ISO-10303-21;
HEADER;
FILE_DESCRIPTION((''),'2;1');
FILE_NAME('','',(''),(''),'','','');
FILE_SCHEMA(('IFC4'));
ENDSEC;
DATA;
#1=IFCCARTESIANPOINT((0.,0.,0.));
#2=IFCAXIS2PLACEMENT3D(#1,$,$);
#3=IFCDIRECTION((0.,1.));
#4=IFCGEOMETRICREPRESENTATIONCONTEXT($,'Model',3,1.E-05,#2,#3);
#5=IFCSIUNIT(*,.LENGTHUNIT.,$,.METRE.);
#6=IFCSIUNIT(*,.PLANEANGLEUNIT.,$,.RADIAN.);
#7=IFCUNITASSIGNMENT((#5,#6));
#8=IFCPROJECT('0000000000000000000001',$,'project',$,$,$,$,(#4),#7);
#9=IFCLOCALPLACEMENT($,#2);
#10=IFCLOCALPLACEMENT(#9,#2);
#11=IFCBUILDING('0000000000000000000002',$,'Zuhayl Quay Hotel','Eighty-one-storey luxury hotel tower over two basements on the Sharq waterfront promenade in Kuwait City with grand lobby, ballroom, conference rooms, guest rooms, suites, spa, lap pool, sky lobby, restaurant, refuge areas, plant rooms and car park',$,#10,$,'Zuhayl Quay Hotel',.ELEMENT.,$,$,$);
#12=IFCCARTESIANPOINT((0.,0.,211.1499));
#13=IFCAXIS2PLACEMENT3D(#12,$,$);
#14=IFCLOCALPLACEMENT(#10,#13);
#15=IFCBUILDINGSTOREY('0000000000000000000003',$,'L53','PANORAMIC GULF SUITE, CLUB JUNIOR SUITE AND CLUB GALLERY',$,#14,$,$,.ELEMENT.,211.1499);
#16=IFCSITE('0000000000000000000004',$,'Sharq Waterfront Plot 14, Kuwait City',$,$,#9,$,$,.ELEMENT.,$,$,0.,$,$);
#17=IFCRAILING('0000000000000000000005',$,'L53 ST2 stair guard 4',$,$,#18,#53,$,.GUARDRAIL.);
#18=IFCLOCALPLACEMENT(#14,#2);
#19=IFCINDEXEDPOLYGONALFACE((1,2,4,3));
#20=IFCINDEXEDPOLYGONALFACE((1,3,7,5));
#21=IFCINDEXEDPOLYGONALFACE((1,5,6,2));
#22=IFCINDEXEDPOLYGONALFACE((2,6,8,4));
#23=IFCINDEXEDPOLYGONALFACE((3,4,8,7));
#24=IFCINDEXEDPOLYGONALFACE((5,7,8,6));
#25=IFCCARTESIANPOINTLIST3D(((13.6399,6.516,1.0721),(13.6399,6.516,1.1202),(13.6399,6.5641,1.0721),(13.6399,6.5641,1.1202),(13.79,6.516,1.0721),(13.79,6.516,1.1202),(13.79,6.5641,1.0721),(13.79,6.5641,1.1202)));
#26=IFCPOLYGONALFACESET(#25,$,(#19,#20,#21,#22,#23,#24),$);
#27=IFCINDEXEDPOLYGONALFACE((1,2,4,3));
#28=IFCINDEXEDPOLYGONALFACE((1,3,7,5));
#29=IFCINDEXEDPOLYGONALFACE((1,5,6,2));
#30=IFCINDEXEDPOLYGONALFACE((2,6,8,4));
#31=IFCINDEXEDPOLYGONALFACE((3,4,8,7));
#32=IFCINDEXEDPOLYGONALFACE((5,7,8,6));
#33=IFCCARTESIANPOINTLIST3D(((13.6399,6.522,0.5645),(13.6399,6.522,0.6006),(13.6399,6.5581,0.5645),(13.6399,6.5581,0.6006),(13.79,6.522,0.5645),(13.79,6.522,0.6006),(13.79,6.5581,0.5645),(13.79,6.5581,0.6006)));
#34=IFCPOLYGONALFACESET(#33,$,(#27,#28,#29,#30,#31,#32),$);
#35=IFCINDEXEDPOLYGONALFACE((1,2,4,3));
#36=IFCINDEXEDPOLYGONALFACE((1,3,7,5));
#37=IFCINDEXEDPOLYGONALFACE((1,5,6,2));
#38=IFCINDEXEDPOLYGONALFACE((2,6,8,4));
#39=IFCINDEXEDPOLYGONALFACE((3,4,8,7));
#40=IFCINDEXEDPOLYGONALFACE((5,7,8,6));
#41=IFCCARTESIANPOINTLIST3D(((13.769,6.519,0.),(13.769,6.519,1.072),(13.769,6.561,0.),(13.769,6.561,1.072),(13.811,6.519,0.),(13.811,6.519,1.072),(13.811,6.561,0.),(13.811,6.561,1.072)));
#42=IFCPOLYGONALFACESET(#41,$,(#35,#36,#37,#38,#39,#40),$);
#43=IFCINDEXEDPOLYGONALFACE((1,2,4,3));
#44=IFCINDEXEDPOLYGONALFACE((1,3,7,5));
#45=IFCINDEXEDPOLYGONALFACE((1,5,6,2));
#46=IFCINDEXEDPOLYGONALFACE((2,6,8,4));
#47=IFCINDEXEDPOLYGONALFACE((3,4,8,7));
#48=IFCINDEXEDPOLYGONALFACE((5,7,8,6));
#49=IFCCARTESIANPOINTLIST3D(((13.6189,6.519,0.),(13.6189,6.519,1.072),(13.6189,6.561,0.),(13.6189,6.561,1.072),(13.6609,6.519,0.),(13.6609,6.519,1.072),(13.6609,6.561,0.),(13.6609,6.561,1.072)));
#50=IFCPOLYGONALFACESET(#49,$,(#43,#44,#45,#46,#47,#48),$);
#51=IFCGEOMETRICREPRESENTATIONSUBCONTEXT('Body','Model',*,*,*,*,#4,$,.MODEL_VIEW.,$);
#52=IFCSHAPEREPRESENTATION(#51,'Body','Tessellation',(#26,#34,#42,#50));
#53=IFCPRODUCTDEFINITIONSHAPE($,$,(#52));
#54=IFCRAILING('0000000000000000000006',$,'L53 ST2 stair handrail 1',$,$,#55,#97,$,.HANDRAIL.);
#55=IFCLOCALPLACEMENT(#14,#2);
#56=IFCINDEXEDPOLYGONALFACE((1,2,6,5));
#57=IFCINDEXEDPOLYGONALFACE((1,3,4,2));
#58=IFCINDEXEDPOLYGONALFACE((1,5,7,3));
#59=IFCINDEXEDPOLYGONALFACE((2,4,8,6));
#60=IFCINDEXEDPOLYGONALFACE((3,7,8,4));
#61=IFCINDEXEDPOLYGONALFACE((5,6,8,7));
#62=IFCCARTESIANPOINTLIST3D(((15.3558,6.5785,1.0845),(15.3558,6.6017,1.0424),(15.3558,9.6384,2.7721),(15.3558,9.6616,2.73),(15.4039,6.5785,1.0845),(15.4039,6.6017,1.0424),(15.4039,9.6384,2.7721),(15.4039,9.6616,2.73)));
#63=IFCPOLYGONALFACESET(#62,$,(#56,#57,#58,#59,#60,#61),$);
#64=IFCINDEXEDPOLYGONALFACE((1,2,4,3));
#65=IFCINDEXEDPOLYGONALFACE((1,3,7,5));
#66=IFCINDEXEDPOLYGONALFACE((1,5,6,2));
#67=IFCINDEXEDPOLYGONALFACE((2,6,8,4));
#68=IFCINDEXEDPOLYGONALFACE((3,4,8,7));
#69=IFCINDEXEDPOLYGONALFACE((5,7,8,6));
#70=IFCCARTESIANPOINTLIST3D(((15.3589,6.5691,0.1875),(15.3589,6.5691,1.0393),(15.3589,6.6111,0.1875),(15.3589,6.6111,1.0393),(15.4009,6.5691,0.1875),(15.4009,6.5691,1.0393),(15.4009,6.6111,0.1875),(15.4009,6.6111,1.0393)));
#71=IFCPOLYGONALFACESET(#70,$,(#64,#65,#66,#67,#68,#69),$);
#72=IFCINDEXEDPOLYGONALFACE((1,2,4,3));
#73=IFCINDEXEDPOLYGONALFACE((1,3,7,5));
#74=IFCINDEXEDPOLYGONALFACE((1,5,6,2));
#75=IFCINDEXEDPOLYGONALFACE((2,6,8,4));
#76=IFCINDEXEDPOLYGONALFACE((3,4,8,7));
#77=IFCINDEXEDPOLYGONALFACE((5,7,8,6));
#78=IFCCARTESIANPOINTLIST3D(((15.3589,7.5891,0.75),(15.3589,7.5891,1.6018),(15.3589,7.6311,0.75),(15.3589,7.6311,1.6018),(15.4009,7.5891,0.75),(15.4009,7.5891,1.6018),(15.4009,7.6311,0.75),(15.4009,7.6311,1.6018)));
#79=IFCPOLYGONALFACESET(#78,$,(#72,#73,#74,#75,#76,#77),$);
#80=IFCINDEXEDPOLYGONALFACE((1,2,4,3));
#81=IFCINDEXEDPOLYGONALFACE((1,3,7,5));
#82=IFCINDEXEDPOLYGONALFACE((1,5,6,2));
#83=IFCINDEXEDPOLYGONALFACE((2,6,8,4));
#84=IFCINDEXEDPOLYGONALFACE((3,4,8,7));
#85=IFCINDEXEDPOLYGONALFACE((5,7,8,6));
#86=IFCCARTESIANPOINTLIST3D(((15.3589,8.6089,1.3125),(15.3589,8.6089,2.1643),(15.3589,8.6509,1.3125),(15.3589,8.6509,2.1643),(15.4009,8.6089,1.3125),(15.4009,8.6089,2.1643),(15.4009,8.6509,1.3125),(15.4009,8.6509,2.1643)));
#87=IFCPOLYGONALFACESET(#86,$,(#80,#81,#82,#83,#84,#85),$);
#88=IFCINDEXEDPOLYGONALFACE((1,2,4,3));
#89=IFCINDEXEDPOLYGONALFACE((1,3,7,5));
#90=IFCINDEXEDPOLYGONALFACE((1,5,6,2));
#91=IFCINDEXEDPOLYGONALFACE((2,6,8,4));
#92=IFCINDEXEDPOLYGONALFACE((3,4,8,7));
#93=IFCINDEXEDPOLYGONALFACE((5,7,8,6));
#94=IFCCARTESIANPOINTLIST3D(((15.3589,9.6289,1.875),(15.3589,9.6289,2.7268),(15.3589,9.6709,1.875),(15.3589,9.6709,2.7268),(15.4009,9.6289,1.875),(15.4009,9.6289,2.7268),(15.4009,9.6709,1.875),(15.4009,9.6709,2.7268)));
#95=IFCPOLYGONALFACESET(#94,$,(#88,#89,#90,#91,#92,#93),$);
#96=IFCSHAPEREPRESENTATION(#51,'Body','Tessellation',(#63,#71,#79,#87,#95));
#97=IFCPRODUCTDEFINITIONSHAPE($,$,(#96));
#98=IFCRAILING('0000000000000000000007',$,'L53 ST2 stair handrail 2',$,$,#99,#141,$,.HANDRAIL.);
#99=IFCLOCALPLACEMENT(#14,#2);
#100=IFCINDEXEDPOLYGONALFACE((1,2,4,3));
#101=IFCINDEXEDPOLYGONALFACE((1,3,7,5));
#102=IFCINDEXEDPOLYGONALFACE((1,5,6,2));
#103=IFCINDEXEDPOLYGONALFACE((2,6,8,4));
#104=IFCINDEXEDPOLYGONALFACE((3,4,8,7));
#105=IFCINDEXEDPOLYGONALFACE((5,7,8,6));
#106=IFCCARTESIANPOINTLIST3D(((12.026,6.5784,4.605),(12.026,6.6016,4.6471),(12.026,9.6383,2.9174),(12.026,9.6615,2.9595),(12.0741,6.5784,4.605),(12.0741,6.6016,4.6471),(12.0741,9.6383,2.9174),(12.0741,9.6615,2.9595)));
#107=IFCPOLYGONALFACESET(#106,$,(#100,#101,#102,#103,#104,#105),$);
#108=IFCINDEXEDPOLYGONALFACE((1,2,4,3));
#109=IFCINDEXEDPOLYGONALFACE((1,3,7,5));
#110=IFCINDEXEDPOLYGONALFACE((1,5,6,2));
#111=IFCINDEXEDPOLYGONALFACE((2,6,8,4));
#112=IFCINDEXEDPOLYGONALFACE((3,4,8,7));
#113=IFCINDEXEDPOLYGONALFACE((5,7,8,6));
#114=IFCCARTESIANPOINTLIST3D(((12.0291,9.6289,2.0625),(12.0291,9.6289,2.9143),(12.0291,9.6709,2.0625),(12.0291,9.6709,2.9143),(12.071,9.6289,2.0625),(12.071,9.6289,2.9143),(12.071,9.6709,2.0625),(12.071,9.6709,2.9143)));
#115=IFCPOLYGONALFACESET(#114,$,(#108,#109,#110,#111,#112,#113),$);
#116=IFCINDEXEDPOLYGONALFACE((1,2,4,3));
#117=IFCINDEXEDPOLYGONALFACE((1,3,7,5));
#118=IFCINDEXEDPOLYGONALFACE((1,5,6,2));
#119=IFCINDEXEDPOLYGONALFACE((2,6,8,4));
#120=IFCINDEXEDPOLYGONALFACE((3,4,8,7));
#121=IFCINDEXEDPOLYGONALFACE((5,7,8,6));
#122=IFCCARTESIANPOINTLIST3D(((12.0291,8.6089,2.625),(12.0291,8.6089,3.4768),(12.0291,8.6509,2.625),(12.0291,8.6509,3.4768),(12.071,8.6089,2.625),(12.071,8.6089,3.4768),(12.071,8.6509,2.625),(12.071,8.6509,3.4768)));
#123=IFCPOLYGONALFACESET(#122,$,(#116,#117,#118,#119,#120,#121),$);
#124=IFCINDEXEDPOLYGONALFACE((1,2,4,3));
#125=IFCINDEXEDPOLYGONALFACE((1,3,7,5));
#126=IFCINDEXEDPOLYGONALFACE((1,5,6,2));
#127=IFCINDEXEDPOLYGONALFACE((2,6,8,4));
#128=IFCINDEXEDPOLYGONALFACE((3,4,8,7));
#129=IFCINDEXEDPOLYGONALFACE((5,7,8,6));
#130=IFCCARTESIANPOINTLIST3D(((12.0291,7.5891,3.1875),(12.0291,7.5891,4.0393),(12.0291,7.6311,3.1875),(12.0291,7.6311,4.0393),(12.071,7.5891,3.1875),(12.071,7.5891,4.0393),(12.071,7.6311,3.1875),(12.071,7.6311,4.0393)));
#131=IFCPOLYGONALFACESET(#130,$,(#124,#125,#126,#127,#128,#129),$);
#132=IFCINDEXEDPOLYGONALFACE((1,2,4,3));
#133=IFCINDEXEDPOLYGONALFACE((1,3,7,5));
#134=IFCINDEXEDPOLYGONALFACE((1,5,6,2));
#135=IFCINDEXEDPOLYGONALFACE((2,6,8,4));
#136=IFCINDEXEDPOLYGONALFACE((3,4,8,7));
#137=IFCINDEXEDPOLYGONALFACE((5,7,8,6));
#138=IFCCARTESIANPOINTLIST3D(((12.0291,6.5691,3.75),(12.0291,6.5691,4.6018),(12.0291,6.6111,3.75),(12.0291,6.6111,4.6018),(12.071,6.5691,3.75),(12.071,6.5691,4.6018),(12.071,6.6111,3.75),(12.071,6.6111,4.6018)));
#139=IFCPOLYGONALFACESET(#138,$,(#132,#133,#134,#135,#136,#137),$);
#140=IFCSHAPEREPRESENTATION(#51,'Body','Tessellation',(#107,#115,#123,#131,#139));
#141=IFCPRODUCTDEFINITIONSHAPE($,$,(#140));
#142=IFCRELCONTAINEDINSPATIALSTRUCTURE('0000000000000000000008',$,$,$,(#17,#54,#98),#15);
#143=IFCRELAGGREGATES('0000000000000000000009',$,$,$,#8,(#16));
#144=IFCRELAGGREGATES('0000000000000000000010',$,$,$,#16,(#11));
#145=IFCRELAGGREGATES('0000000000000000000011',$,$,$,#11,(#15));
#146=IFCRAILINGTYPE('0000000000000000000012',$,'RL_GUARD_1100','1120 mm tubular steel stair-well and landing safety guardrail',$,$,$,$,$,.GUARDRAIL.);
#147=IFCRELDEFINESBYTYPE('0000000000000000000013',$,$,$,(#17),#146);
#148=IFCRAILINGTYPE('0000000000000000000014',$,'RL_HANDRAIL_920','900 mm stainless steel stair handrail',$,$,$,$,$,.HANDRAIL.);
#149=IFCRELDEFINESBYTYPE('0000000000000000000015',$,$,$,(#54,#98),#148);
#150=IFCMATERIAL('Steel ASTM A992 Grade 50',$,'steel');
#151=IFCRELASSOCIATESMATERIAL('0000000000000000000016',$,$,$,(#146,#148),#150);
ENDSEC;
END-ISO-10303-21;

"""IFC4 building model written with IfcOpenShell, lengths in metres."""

from ifc_helpers import new_model, si_unit, direction, frame, origin, origin_2d, place, context, subcontext, project, spatial, rectangle, extrude, material, type_object, element, save


model = new_model("IFC4")

# Units and contexts
model_context = context("Model", 3, precision=1e-05, world=origin(), true_north=direction((0.0, 1.0)))
body_context = subcontext(model_context, "Body", "Model", "MODEL_VIEW")
ifc_project = project(units=[si_unit("LENGTHUNIT", "METRE"), si_unit("PLANEANGLEUNIT", "RADIAN")], contexts=[model_context])

# Site, building, storey
site_placement = place(None, origin())
site = spatial("IfcSite", under=ifc_project, at=site_placement, Name="Sharq Waterfront Plot 14, Kuwait City", CompositionType="ELEMENT", RefElevation=0.0)
building_placement = place(site_placement, origin())
building = spatial("IfcBuilding", under=site, at=building_placement, Name="Zuhayl Quay Hotel", Description="Eighty-one-storey luxury hotel tower over two basements on the Sharq waterfront promenade in Kuwait City with grand lobby, ballroom, conference rooms, guest rooms, suites, spa, lap pool, sky lobby, restaurant, refuge areas, plant rooms and car park", LongName="Zuhayl Quay Hotel", CompositionType="ELEMENT")
storey_placement = place(building_placement, frame((0.0, 0.0, 211.1499)))
storey = spatial("IfcBuildingStorey", under=building, at=storey_placement, Name="L53", Description="PANORAMIC GULF SUITE, CLUB JUNIOR SUITE AND CLUB GALLERY", CompositionType="ELEMENT", Elevation=211.1499)

# Shared definitions
ifc_material_1 = material(Name="Steel ASTM A992 Grade 50", Category="steel")

# Railings
railing_type_1 = type_object("IfcRailingType", Name="RL_GUARD_1100", Description="1120 mm tubular steel stair-well and landing safety guardrail", PredefinedType="GUARDRAIL", material=ifc_material_1)
railing_1_placement = place(storey_placement, frame((13.79, 6.54, 0.0)))
element("IfcRailing", 1, at=railing_1_placement, inside=storey, type_object=railing_type_1, Name="L53 ST2 stair guard 4", PredefinedType="GUARDRAIL", context=body_context, shape_type="SweptSolid", body=[
    extrude(rectangle(XDim=0.0481, YDim=0.0481, at=origin_2d()), frame((0.0, 0.0, 1.0962), z_axis=(-1.0, 0.0, 0.0), x_axis=(0.0, -1.0, 0.0)), (0.0, 0.0, 1.0), 0.1501),
    extrude(rectangle(XDim=0.0361, YDim=0.0361, at=origin_2d()), frame((0.0, 0.0, 0.5825), z_axis=(-1.0, 0.0, 0.0), x_axis=(0.0, -1.0, 0.0)), (0.0, 0.0, 1.0), 0.1501),
    extrude(rectangle(XDim=0.042, YDim=0.042, at=origin_2d()), origin(), (0.0, 0.0, 1.0), 1.072),
    extrude(rectangle(XDim=0.042, YDim=0.042, at=origin_2d()), frame((-0.1501, 0.0, 0.0)), (0.0, 0.0, 1.0), 1.072),
])
railing_type_2 = type_object("IfcRailingType", Name="RL_HANDRAIL_920", Description="900 mm stainless steel stair handrail", PredefinedType="HANDRAIL", material=ifc_material_1)
railing_2_placement = place(storey_placement, frame((15.3799, 6.5901, 0.1875)))
element("IfcRailing", 2, at=railing_2_placement, inside=storey, type_object=railing_type_2, Name="L53 ST2 stair handrail 1", PredefinedType="HANDRAIL", context=body_context, shape_type="SweptSolid", body=[
    extrude(rectangle(XDim=0.0481, YDim=0.0481, at=origin_2d()), frame((0.0, 0.0, 0.876), z_axis=(0.0, 0.875659, 0.48293), x_axis=(-1.0, 0.0, 0.0)), (0.0, 0.0, 1.0), 3.4944),
    extrude(rectangle(XDim=0.042, YDim=0.042, at=origin_2d()), origin(), (0.0, 0.0, 1.0), 0.8518),
    extrude(rectangle(XDim=0.042, YDim=0.042, at=origin_2d()), frame((0.0, 1.02, 0.5625)), (0.0, 0.0, 1.0), 0.8518),
    extrude(rectangle(XDim=0.042, YDim=0.042, at=origin_2d()), frame((0.0, 2.0398, 1.125)), (0.0, 0.0, 1.0), 0.8518),
    extrude(rectangle(XDim=0.042, YDim=0.042, at=origin_2d()), frame((0.0, 3.0598, 1.6875)), (0.0, 0.0, 1.0), 0.8518),
])
railing_3_placement = place(storey_placement, frame((12.05, 9.6499, 2.0625)))
element("IfcRailing", 3, at=railing_3_placement, inside=storey, type_object=railing_type_2, Name="L53 ST2 stair handrail 2", PredefinedType="HANDRAIL", context=body_context, shape_type="SweptSolid", body=[
    extrude(rectangle(XDim=0.0481, YDim=0.0481, at=origin_2d()), frame((0.0, 0.0, 0.876), z_axis=(0.0, -0.875659, 0.48293), x_axis=(1.0, 0.0, 0.0)), (0.0, 0.0, 1.0), 3.4944),
    extrude(rectangle(XDim=0.042, YDim=0.042, at=origin_2d()), origin(), (0.0, 0.0, 1.0), 0.8518),
    extrude(rectangle(XDim=0.042, YDim=0.042, at=origin_2d()), frame((0.0, -1.02, 0.5625)), (0.0, 0.0, 1.0), 0.8518),
    extrude(rectangle(XDim=0.042, YDim=0.042, at=origin_2d()), frame((0.0, -2.0398, 1.125)), (0.0, 0.0, 1.0), 0.8518),
    extrude(rectangle(XDim=0.042, YDim=0.042, at=origin_2d()), frame((0.0, -3.0598, 1.6875)), (0.0, 0.0, 1.0), 0.8518),
])

save(model, "model.ifc")
